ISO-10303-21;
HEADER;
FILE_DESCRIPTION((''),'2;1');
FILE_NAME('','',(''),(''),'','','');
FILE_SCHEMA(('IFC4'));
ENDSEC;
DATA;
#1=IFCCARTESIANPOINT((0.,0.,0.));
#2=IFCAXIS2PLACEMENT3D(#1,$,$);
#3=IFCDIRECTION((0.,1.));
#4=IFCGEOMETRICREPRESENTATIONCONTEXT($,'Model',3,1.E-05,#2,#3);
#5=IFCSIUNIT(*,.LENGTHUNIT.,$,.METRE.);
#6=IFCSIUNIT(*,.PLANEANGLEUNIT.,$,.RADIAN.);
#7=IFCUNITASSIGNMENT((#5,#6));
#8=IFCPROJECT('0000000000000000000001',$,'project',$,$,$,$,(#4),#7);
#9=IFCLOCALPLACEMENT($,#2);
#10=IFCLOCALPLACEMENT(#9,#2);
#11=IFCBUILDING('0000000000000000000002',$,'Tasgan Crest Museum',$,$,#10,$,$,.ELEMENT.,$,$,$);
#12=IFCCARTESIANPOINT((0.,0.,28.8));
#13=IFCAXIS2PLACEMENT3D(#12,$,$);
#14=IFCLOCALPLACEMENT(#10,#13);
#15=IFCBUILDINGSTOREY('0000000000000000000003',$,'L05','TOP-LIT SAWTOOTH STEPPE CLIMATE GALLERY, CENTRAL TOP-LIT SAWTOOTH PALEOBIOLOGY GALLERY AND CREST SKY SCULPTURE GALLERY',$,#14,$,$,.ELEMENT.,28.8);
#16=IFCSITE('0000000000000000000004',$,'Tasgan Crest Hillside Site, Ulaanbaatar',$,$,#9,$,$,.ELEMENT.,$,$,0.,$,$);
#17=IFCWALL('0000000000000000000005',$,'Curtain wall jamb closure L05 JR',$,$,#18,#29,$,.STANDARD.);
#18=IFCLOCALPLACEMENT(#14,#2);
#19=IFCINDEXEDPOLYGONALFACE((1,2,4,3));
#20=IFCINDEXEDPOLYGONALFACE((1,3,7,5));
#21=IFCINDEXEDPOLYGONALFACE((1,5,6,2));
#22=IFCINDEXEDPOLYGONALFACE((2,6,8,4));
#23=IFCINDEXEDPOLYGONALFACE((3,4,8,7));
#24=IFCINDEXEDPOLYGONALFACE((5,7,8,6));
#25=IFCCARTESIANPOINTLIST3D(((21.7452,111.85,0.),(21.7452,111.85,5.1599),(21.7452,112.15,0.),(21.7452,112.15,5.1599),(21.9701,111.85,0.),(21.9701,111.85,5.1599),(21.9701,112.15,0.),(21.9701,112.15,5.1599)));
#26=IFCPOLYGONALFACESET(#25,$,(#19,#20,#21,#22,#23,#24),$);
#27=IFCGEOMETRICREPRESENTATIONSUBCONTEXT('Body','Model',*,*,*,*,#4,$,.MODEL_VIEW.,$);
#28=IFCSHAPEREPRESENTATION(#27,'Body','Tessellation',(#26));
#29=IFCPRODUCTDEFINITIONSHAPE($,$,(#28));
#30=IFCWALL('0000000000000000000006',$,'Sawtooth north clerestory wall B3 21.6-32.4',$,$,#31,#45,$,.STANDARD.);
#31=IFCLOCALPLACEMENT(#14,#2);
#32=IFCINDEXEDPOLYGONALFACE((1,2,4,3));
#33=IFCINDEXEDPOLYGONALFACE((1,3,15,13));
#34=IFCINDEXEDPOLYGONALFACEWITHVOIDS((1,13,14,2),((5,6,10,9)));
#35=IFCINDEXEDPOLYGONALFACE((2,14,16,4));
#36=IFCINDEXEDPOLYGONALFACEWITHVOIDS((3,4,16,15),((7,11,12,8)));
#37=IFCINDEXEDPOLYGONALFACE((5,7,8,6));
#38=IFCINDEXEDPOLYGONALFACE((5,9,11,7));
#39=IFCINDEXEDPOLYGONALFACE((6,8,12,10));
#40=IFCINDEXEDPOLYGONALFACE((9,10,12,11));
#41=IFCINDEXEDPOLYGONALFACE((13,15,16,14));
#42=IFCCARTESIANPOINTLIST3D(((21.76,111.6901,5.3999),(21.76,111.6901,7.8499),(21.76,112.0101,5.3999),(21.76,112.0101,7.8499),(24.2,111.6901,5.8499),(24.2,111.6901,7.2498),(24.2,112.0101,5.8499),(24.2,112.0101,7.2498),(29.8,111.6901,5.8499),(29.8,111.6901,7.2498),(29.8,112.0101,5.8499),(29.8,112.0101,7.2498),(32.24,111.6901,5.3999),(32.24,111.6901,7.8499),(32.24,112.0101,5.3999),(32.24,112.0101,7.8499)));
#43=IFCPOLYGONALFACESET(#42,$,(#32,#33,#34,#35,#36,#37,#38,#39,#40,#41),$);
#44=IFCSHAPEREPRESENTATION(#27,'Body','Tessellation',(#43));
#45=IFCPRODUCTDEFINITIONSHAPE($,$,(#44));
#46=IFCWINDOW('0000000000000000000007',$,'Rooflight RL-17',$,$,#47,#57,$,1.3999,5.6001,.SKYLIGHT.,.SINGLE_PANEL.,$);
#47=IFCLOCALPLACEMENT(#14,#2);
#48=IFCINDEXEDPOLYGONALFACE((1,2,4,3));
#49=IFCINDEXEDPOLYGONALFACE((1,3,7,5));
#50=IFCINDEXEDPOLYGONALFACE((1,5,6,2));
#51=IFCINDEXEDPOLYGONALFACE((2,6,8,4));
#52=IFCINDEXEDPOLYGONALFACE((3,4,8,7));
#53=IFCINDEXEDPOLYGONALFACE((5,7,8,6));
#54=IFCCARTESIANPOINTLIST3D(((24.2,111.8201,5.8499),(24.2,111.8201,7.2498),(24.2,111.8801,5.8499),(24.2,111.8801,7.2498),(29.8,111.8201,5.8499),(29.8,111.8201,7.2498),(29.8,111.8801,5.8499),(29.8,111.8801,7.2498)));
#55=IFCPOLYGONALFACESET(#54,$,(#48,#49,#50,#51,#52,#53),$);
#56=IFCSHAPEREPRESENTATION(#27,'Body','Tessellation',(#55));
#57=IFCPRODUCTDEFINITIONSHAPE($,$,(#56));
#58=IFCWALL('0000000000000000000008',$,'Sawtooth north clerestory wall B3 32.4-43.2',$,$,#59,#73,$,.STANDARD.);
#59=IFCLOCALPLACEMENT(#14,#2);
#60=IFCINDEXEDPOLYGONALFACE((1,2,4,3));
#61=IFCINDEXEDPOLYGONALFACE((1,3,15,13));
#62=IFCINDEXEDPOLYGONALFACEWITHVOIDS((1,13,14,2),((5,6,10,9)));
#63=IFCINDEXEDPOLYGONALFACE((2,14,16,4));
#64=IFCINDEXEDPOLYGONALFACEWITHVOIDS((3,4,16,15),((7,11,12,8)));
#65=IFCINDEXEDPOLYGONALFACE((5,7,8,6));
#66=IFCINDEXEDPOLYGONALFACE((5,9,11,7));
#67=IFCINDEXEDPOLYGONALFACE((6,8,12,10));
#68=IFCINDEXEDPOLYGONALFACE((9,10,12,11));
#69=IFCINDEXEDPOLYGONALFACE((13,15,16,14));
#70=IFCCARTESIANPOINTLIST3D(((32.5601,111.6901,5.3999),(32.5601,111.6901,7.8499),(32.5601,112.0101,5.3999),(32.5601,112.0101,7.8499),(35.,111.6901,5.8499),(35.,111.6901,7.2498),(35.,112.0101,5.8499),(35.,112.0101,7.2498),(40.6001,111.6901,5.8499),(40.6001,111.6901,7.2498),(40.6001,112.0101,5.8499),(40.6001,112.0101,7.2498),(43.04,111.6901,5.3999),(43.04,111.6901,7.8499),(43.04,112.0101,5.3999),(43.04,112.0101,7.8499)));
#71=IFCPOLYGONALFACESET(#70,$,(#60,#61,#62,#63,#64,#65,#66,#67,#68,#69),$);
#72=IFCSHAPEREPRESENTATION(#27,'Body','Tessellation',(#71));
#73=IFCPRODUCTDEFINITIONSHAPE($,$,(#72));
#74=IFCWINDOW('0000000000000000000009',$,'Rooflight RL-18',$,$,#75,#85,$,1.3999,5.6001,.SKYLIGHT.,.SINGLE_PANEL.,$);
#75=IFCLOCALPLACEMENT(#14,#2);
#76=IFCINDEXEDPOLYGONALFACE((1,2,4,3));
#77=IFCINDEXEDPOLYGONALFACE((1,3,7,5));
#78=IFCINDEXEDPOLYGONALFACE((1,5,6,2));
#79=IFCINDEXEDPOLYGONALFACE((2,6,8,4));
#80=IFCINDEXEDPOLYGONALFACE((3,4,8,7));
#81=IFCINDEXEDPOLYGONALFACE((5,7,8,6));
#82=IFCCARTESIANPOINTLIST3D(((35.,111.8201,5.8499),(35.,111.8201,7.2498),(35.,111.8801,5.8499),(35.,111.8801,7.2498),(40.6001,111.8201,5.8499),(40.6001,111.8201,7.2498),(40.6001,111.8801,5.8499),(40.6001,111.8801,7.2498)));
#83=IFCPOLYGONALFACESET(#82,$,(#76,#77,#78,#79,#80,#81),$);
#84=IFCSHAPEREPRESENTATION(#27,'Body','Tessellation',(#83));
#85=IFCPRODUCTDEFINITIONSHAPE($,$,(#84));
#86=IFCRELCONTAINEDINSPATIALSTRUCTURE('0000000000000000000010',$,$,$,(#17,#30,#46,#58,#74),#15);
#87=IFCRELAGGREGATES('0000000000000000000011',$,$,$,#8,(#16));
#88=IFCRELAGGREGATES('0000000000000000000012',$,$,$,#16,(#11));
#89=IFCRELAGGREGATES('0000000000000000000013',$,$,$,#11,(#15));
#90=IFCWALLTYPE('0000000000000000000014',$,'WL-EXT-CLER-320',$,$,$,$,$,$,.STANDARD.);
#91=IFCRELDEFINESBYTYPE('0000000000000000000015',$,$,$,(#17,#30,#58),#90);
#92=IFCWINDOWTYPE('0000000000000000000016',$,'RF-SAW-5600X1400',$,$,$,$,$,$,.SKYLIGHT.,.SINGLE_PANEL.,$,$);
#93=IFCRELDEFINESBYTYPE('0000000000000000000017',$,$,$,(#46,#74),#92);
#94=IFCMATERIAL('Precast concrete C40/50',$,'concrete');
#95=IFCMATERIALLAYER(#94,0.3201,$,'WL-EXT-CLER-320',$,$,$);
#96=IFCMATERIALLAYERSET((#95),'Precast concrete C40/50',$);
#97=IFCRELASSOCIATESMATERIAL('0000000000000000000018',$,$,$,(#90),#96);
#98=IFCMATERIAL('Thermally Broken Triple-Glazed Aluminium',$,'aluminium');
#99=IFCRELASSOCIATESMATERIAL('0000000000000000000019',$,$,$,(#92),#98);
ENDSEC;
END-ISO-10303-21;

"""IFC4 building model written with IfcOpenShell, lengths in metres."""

from ifc_helpers import new_model, si_unit, direction, frame, frame_2d, origin, place, context, subcontext, project, spatial, rectangle, extrude, material, layer, layer_set, type_object, element, fill, save


model = new_model("IFC4")

# Units and contexts
model_context = context("Model", 3, precision=1e-05, world=origin(), true_north=direction((0.0, 1.0)))
body_context = subcontext(model_context, "Body", "Model", "MODEL_VIEW")
ifc_project = project(units=[si_unit("LENGTHUNIT", "METRE"), si_unit("PLANEANGLEUNIT", "RADIAN")], contexts=[model_context])

# Site, building, storey
site_placement = place(None, origin())
site = spatial("IfcSite", under=ifc_project, at=site_placement, Name="Tasgan Crest Hillside Site, Ulaanbaatar", CompositionType="ELEMENT", RefElevation=0.0)
building_placement = place(site_placement, origin())
building = spatial("IfcBuilding", under=site, at=building_placement, Name="Tasgan Crest Museum", CompositionType="ELEMENT")
storey_placement = place(building_placement, frame((0.0, 0.0, 28.8)))
storey = spatial("IfcBuildingStorey", under=building, at=storey_placement, Name="L05", Description="TOP-LIT SAWTOOTH STEPPE CLIMATE GALLERY, CENTRAL TOP-LIT SAWTOOTH PALEOBIOLOGY GALLERY AND CREST SKY SCULPTURE GALLERY", CompositionType="ELEMENT", Elevation=28.8)

# Wall
ifc_material_1 = material(Name="Precast concrete C40/50", Category="concrete")
ifc_layer_1 = layer(ifc_material_1, 0.3201, Name="WL-EXT-CLER-320")
ifc_layer_set_1 = layer_set([ifc_layer_1], Name="Precast concrete C40/50")
wall_type = type_object("IfcWallType", Name="WL-EXT-CLER-320", PredefinedType="STANDARD", material=ifc_layer_set_1)
wall_1_placement = place(storey_placement, frame((21.97, 112.0, 0.0), z_axis=(0.0, 0.0, 1.0), x_axis=(-1.0, 0.0, 0.0)))
element("IfcWall", 1, at=wall_1_placement, inside=storey, type_object=wall_type, Name="Curtain wall jamb closure L05 JR", PredefinedType="STANDARD", context=body_context, shape_type="SweptSolid", body=[
    extrude(rectangle(XDim=0.2249, YDim=0.3, at=frame_2d((0.1123, 0.0))), origin(), (0.0, 0.0, 1.0), 5.1599),
])

# Walls, openings, windows
wall_2_placement = place(storey_placement, frame((21.76, 111.8501, 5.3999), z_axis=(0.0, 0.0, 1.0), x_axis=(1.0, 0.0, 0.0)))
wall_2 = element("IfcWall", 2, at=wall_2_placement, inside=storey, type_object=wall_type, Name="Sawtooth north clerestory wall B3 21.6-32.4", PredefinedType="STANDARD", context=body_context, shape_type="SweptSolid", body=[
    extrude(rectangle(XDim=10.48, YDim=0.3201, at=frame_2d((5.24, 0.0))), origin(), (0.0, 0.0, 1.0), 2.45),
])
opening_1_placement = place(wall_2_placement, frame((2.4399, 0.0, 0.45)))
opening_1 = element("IfcOpeningElement", 3, at=opening_1_placement, cuts=wall_2, PredefinedType="OPENING", context=body_context, shape_type="SweptSolid", body=[
    extrude(rectangle(XDim=5.6001, YDim=1.3999, at=frame_2d((2.8, 0.7))), frame((0.0, 0.1699, 0.0), z_axis=(0.0, -1.0, 0.0), x_axis=(1.0, 0.0, 0.0)), (0.0, 0.0, 1.0), 0.3401),
])
ifc_material_2 = material(Name="Thermally Broken Triple-Glazed Aluminium", Category="aluminium")
window_type = type_object("IfcWindowType", Name="RF-SAW-5600X1400", PartitioningType="SINGLE_PANEL", PredefinedType="SKYLIGHT", material=ifc_material_2)
window_1_placement = place(opening_1_placement, origin())
window_1 = element("IfcWindow", 4, at=window_1_placement, inside=storey, type_object=window_type, Name="Rooflight RL-17", OverallHeight=1.3999, OverallWidth=5.6001, PartitioningType="SINGLE_PANEL", PredefinedType="SKYLIGHT", context=body_context, shape_type="SweptSolid", body=[
    extrude(rectangle(XDim=5.6001, YDim=1.3999, at=frame_2d((2.8, 0.7))), frame((0.0, 0.03, 0.0), z_axis=(0.0, -1.0, 0.0), x_axis=(1.0, 0.0, 0.0)), (0.0, 0.0, 1.0), 0.0601),
])
fill(opening_1, window_1)
wall_3_placement = place(storey_placement, frame((32.5601, 111.8501, 5.3999), z_axis=(0.0, 0.0, 1.0), x_axis=(1.0, 0.0, 0.0)))
wall_3 = element("IfcWall", 5, at=wall_3_placement, inside=storey, type_object=wall_type, Name="Sawtooth north clerestory wall B3 32.4-43.2", PredefinedType="STANDARD", context=body_context, shape_type="SweptSolid", body=[
    extrude(rectangle(XDim=10.48, YDim=0.3201, at=frame_2d((5.24, 0.0))), origin(), (0.0, 0.0, 1.0), 2.45),
])
opening_2_placement = place(wall_3_placement, frame((2.4399, 0.0, 0.45)))
opening_2 = element("IfcOpeningElement", 6, at=opening_2_placement, cuts=wall_3, PredefinedType="OPENING", context=body_context, shape_type="SweptSolid", body=[
    extrude(rectangle(XDim=5.6001, YDim=1.3999, at=frame_2d((2.8, 0.7))), frame((0.0, 0.1699, 0.0), z_axis=(0.0, -1.0, 0.0), x_axis=(1.0, 0.0, 0.0)), (0.0, 0.0, 1.0), 0.3401),
])
window_2_placement = place(opening_2_placement, origin())
window_2 = element("IfcWindow", 7, at=window_2_placement, inside=storey, type_object=window_type, Name="Rooflight RL-18", OverallHeight=1.3999, OverallWidth=5.6001, PartitioningType="SINGLE_PANEL", PredefinedType="SKYLIGHT", context=body_context, shape_type="SweptSolid", body=[
    extrude(rectangle(XDim=5.6001, YDim=1.3999, at=frame_2d((2.8, 0.7))), frame((0.0, 0.03, 0.0), z_axis=(0.0, -1.0, 0.0), x_axis=(1.0, 0.0, 0.0)), (0.0, 0.0, 1.0), 0.0601),
])
fill(opening_2, window_2)

save(model, "model.ifc")
